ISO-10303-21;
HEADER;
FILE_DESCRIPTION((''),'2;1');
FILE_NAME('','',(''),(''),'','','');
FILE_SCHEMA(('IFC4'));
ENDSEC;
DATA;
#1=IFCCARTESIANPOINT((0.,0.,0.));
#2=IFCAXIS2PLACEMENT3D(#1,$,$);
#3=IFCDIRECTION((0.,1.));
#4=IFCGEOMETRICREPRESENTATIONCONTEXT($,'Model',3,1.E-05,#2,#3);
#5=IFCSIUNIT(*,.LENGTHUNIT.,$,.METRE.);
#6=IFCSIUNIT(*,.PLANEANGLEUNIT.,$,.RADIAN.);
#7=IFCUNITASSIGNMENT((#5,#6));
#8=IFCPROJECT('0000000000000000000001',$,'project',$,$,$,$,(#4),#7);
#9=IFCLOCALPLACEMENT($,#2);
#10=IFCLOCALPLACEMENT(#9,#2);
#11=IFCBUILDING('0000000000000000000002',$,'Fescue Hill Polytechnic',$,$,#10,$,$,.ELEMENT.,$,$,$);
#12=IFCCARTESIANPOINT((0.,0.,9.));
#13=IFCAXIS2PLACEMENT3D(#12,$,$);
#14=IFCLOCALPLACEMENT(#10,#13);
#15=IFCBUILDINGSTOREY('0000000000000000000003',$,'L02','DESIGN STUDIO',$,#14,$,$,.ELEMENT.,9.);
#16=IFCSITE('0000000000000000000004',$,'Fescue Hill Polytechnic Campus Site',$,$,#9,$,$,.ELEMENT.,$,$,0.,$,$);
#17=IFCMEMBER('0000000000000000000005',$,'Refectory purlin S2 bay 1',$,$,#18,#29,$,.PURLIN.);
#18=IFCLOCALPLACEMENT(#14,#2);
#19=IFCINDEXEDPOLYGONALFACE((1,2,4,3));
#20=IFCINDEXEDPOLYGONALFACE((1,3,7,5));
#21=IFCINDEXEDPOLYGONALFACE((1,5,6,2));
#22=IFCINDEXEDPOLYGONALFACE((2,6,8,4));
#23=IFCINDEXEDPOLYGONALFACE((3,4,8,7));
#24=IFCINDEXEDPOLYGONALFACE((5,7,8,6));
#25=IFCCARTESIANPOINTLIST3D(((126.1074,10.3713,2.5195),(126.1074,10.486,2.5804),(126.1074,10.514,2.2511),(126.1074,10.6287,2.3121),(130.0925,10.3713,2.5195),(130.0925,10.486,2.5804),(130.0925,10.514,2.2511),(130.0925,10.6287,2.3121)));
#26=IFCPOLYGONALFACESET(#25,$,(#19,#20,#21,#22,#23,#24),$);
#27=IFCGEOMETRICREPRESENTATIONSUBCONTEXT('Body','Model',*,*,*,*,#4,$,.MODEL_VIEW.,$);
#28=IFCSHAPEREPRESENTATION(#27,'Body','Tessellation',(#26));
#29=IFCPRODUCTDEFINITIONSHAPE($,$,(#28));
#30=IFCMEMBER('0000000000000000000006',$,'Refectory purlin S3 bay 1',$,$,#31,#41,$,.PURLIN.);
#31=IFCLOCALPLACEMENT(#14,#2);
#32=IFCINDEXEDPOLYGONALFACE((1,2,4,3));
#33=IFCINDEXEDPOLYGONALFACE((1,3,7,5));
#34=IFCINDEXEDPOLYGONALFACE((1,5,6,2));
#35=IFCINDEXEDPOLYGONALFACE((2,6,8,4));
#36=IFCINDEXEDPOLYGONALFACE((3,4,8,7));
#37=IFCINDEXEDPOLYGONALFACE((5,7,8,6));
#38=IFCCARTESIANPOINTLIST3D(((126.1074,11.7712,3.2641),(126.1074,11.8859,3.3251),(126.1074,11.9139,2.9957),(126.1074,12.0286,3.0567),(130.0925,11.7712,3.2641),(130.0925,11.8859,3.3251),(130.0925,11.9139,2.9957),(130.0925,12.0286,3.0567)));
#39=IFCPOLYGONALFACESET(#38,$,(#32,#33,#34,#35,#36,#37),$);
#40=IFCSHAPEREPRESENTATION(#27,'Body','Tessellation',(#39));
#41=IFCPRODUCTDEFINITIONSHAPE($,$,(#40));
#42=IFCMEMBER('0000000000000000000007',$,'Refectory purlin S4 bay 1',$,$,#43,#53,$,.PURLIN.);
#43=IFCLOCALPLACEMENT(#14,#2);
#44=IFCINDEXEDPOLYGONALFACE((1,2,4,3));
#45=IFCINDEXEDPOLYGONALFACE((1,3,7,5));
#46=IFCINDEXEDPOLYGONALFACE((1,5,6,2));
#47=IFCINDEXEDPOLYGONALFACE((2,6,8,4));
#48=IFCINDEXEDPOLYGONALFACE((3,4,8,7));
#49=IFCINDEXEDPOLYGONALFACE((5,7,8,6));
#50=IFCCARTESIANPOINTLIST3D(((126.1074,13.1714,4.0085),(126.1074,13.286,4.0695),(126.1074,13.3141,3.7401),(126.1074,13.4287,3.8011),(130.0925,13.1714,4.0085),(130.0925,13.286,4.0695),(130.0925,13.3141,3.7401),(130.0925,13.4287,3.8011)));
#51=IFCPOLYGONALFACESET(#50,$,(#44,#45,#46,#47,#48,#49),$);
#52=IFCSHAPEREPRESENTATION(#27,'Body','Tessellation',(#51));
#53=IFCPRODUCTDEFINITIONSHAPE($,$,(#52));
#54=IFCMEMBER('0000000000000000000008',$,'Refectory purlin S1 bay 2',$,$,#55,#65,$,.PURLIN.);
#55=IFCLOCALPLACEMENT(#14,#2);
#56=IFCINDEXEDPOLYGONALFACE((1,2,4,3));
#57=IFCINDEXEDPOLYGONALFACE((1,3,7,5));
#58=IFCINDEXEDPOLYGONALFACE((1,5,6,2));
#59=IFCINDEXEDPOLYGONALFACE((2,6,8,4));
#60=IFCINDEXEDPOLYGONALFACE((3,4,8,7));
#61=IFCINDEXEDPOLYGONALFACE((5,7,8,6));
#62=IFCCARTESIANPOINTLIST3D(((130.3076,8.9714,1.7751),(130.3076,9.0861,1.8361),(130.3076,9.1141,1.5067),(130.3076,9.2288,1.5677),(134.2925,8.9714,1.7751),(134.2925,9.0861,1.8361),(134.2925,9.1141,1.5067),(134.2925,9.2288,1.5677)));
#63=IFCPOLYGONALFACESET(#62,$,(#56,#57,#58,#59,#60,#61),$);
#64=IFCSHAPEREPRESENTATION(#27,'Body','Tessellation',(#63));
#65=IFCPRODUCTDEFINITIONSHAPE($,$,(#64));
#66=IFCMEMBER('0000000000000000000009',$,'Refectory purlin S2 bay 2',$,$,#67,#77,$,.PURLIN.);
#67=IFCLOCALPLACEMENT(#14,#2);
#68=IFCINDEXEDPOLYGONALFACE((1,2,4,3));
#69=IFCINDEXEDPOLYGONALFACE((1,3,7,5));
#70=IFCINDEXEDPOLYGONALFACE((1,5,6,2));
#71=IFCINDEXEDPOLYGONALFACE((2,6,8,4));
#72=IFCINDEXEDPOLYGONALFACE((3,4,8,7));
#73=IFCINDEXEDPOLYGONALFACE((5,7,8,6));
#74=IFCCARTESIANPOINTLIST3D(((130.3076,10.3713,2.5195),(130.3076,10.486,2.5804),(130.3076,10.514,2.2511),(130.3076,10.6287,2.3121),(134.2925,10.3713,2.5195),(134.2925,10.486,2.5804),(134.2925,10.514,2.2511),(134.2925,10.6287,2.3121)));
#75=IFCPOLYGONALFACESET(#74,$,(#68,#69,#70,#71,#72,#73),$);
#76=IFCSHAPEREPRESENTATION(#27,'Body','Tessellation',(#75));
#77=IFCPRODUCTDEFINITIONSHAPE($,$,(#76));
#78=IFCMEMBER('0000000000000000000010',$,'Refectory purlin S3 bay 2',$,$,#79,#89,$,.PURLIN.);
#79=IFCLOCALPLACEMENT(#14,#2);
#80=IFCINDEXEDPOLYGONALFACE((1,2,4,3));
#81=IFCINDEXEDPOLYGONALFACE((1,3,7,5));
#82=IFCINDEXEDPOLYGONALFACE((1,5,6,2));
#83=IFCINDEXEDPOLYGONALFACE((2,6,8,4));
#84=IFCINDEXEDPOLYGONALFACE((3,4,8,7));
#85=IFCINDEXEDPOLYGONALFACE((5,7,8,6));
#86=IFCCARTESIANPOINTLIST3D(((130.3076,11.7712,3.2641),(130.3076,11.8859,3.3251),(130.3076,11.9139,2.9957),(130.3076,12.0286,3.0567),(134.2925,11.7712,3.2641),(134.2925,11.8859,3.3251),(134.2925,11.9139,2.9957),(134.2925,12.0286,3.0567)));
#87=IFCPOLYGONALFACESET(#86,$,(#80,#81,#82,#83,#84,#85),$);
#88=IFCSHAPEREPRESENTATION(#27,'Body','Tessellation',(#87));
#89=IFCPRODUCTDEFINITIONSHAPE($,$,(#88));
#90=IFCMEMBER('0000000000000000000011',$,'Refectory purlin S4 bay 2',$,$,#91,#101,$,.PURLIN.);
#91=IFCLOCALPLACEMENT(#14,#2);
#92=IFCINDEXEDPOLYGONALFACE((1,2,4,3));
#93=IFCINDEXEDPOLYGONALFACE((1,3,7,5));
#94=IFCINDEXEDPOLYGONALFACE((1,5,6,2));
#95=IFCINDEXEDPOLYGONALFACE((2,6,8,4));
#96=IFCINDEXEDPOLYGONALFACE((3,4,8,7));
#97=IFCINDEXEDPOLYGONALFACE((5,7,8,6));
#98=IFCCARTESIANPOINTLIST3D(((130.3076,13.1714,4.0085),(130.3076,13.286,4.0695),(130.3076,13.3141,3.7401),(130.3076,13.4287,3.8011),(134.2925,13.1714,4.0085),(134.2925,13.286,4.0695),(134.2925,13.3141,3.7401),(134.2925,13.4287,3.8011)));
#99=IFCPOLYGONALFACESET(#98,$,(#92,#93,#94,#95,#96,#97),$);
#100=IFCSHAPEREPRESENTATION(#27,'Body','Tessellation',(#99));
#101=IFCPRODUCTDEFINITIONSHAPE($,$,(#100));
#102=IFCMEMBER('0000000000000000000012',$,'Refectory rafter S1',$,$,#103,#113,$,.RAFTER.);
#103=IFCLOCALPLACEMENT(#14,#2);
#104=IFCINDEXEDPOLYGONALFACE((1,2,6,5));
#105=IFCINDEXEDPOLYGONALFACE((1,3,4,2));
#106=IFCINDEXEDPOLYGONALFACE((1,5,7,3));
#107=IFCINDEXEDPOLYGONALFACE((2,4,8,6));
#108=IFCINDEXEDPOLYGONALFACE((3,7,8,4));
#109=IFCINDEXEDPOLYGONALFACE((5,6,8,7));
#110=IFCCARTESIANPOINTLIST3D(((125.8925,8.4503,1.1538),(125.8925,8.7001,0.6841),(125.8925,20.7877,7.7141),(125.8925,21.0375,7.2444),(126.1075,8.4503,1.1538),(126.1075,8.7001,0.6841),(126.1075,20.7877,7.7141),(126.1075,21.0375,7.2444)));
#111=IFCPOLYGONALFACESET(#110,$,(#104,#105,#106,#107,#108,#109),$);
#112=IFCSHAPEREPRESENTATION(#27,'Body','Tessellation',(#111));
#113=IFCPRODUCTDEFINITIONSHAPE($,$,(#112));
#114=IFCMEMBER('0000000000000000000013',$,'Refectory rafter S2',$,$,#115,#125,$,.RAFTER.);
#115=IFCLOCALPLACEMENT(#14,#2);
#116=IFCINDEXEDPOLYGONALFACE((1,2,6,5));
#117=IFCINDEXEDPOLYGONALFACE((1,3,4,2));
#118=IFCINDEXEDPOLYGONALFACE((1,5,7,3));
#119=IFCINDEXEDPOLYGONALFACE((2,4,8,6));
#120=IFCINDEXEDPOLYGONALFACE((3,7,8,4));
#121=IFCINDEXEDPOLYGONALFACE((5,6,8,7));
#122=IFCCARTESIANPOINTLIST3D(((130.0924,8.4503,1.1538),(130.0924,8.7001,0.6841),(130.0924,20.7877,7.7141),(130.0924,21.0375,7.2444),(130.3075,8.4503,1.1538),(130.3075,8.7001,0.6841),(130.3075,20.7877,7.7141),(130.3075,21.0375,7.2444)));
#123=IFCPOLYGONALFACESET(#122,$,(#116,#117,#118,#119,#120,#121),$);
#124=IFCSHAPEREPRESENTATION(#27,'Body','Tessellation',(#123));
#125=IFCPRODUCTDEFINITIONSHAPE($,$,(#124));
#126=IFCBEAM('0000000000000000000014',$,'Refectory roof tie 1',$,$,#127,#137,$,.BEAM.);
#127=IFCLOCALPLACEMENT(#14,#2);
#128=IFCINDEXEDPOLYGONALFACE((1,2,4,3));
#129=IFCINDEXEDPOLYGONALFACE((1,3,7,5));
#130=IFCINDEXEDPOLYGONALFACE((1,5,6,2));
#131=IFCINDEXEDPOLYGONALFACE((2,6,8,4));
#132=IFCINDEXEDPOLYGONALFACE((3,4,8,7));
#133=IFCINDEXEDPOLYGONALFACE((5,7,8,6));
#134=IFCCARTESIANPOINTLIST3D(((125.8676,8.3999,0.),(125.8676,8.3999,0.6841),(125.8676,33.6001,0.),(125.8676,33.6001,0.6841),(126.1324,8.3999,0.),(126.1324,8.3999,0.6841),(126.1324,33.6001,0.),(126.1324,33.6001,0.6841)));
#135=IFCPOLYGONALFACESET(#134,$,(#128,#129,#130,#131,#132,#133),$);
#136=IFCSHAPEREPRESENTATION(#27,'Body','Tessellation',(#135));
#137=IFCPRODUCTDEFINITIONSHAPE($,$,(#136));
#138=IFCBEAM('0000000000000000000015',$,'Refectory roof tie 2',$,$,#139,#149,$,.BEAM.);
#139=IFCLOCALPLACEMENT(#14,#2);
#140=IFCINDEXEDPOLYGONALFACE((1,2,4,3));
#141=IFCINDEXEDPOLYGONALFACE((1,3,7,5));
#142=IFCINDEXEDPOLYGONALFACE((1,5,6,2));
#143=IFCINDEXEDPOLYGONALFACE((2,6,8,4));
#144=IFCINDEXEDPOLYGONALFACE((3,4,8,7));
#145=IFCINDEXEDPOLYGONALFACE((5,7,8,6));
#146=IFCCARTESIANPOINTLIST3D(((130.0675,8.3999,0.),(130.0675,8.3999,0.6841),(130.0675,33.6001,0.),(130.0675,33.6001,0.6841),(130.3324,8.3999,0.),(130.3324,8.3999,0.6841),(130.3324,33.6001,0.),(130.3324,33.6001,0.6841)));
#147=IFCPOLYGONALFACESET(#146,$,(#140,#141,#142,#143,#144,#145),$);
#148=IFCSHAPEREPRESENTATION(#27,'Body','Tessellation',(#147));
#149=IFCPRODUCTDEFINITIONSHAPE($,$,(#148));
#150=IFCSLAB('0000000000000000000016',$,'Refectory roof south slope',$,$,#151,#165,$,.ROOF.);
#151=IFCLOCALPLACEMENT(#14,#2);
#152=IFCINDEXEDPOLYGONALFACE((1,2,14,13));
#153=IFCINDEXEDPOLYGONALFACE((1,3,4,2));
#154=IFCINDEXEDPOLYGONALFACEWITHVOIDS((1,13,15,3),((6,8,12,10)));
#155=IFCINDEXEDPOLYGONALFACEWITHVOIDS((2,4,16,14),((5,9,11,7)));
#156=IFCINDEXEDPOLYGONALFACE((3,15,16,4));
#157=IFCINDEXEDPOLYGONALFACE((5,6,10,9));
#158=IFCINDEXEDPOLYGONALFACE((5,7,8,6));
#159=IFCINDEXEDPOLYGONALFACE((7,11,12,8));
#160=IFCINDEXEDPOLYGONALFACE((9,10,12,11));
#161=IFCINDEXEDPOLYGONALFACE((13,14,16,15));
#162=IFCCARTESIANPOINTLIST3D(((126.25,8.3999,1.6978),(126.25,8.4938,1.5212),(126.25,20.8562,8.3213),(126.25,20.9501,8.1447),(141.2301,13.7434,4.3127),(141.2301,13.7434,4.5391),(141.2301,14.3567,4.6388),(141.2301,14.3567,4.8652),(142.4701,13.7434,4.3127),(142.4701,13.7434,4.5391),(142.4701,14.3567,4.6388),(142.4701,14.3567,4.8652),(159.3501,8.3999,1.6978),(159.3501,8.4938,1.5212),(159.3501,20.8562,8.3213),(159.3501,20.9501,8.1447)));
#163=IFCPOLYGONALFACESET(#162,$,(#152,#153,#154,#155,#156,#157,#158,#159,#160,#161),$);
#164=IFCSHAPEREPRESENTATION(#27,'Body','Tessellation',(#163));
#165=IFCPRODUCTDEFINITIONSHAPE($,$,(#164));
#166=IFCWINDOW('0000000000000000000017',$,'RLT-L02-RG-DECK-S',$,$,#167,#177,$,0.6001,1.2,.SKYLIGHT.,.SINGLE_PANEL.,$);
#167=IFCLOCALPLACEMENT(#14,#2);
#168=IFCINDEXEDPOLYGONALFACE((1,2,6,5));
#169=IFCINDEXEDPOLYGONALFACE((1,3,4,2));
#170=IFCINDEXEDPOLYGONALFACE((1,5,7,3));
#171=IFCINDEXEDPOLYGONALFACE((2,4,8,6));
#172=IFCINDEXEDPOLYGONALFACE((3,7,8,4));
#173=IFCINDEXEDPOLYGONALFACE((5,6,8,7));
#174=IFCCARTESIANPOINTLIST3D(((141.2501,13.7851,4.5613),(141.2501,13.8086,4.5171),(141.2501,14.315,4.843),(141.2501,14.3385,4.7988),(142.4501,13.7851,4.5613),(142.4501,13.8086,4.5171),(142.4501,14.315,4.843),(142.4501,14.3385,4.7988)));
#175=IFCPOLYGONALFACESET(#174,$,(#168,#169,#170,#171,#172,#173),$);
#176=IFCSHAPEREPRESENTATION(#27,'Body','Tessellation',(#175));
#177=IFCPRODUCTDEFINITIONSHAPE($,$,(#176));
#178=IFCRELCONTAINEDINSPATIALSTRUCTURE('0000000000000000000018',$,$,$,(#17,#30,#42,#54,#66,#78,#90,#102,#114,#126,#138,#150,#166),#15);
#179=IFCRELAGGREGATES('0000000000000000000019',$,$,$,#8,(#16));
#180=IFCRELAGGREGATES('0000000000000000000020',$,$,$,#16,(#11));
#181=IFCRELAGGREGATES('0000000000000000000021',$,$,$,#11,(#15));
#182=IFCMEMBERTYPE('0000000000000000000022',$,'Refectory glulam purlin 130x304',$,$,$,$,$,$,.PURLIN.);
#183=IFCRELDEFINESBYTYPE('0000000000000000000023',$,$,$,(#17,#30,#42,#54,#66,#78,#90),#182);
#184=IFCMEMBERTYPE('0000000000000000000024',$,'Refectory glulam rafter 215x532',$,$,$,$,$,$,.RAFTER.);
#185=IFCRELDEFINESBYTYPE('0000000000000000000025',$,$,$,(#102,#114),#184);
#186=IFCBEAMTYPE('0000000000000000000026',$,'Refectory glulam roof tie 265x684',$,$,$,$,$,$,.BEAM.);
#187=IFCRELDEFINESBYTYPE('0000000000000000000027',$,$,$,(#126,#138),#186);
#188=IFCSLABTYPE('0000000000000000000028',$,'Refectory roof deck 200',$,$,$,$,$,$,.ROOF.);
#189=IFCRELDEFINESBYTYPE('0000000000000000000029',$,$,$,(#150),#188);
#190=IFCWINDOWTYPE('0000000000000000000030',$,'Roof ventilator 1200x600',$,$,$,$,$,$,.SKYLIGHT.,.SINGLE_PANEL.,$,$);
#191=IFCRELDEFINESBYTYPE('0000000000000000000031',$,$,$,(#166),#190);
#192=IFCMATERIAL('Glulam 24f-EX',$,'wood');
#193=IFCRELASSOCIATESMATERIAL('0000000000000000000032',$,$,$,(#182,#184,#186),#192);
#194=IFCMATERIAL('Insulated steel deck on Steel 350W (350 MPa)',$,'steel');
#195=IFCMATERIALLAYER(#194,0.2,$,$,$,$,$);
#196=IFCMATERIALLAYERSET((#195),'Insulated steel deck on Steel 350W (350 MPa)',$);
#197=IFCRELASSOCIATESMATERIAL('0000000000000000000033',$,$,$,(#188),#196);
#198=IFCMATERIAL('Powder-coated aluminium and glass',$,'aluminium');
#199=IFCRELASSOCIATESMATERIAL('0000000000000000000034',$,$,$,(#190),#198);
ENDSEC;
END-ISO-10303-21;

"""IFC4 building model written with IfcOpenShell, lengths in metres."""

from ifc_helpers import new_model, si_unit, direction, frame, origin, origin_2d, place, context, subcontext, project, spatial, polyline, rectangle, outline, extrude, material, layer, layer_set, material_profile, profile_set, type_object, element, fill, save


model = new_model("IFC4")

# Units and contexts
model_context = context("Model", 3, precision=1e-05, world=origin(), true_north=direction((0.0, 1.0)))
body_context = subcontext(model_context, "Body", "Model", "MODEL_VIEW")
ifc_project = project(units=[si_unit("LENGTHUNIT", "METRE"), si_unit("PLANEANGLEUNIT", "RADIAN")], contexts=[model_context])

# Site, building, storey
site_placement = place(None, origin())
site = spatial("IfcSite", under=ifc_project, at=site_placement, Name="Fescue Hill Polytechnic Campus Site", CompositionType="ELEMENT", RefElevation=0.0)
building_placement = place(site_placement, origin())
building = spatial("IfcBuilding", under=site, at=building_placement, Name="Fescue Hill Polytechnic", CompositionType="ELEMENT")
storey_placement = place(building_placement, frame((0.0, 0.0, 9.0)))
storey = spatial("IfcBuildingStorey", under=building, at=storey_placement, Name="L02", Description="DESIGN STUDIO", CompositionType="ELEMENT", Elevation=9.0)

# Members
ifc_material_1 = material(Name="Glulam 24f-EX", Category="wood")
ifc_material_profile_1 = material_profile(ifc_material_1, rectangle(XDim=0.1299, YDim=0.304, at=origin_2d()), Name="Refectory glulam purlin 130x304")
ifc_profile_set_1 = profile_set([ifc_material_profile_1], Name="Glulam 24f-EX")
member_type_1 = type_object("IfcMemberType", Name="Refectory glulam purlin 130x304", PredefinedType="PURLIN", material=ifc_profile_set_1)
for number, where, z_axis, x_axis, name in (
    (1, (126.1074, 10.5, 2.4158), (1.0, 0.0, 0.0), (0.0, 0.882934, 0.469497), "Refectory purlin S2 bay 1"),
    (2, (126.1074, 11.8999, 3.1604), (1.0, 0.0, 0.0), (0.0, 0.882934, 0.469497), "Refectory purlin S3 bay 1"),
    (3, (126.1074, 13.3, 3.9048), (1.0, 0.0, 0.0), (0.0, 0.882934, 0.469497), "Refectory purlin S4 bay 1"),
):
    element("IfcMember", number, at=place(storey_placement, frame(where, z_axis=z_axis, x_axis=x_axis)), inside=storey, type_object=member_type_1, Name=name, PredefinedType="PURLIN", context=body_context, shape_type="SweptSolid", body=[
        extrude(rectangle(XDim=0.1299, YDim=0.304, at=origin_2d()), origin(), (0.0, 0.0, 1.0), 3.9851),
    ])
for number, where, z_axis, x_axis, name in (
    (4, (130.3076, 9.1001, 1.6714), (1.0, 0.0, 0.0), (0.0, 0.882934, 0.469497), "Refectory purlin S1 bay 2"),
    (5, (130.3076, 10.5, 2.4158), (1.0, 0.0, 0.0), (0.0, 0.882934, 0.469497), "Refectory purlin S2 bay 2"),
    (6, (130.3076, 11.8999, 3.1604), (1.0, 0.0, 0.0), (0.0, 0.882934, 0.469497), "Refectory purlin S3 bay 2"),
    (7, (130.3076, 13.3, 3.9048), (1.0, 0.0, 0.0), (0.0, 0.882934, 0.469497), "Refectory purlin S4 bay 2"),
):
    element("IfcMember", number, at=place(storey_placement, frame(where, z_axis=z_axis, x_axis=x_axis)), inside=storey, type_object=member_type_1, Name=name, PredefinedType="PURLIN", context=body_context, shape_type="SweptSolid", body=[
        extrude(rectangle(XDim=0.1299, YDim=0.304, at=origin_2d()), origin(), (0.0, 0.0, 1.0), 3.9849),
    ])
ifc_material_profile_2 = material_profile(ifc_material_1, rectangle(XDim=0.2151, YDim=0.532, at=origin_2d()), Name="Refectory glulam rafter 215x532")
ifc_profile_set_2 = profile_set([ifc_material_profile_2], Name="Glulam 24f-EX")
member_type_2 = type_object("IfcMemberType", Name="Refectory glulam rafter 215x532", PredefinedType="RAFTER", material=ifc_profile_set_2)
for number, where, z_axis, x_axis, name in (
    (8, (126.0, 8.5752, 0.9189), (0.0, 0.882936, 0.469493), (-1.0, 0.0, 0.0), "Refectory rafter S1"),
    (9, (130.2, 8.5752, 0.9189), (0.0, 0.882936, 0.469493), (-1.0, 0.0, 0.0), "Refectory rafter S2"),
):
    element("IfcMember", number, at=place(storey_placement, frame(where, z_axis=z_axis, x_axis=x_axis)), inside=storey, type_object=member_type_2, Name=name, PredefinedType="RAFTER", context=body_context, shape_type="SweptSolid", body=[
        extrude(rectangle(XDim=0.2151, YDim=0.532, at=origin_2d()), origin(), (0.0, 0.0, 1.0), 13.9731),
    ])

# Beams
ifc_material_profile_3 = material_profile(ifc_material_1, rectangle(XDim=0.2649, YDim=0.6841, at=origin_2d()), Name="Refectory glulam roof tie 265x684")
ifc_profile_set_3 = profile_set([ifc_material_profile_3], Name="Glulam 24f-EX")
beam_type_1 = type_object("IfcBeamType", Name="Refectory glulam roof tie 265x684", PredefinedType="BEAM", material=ifc_profile_set_3)
for number, where, z_axis, x_axis, name in (
    (10, (126.0, 8.3999, 0.342), (0.0, 1.0, 0.0), (-1.0, 0.0, 0.0), "Refectory roof tie 1"),
    (11, (130.2, 8.3999, 0.342), (0.0, 1.0, 0.0), (-1.0, 0.0, 0.0), "Refectory roof tie 2"),
):
    element("IfcBeam", number, at=place(storey_placement, frame(where, z_axis=z_axis, x_axis=x_axis)), inside=storey, type_object=beam_type_1, Name=name, PredefinedType="BEAM", context=body_context, shape_type="SweptSolid", body=[
        extrude(rectangle(XDim=0.2649, YDim=0.6841, at=origin_2d()), origin(), (0.0, 0.0, 1.0), 25.2002),
    ])

# Slab, opening, window
ifc_material_2 = material(Name="Insulated steel deck on Steel 350W (350 MPa)", Category="steel")
ifc_layer_1 = layer(ifc_material_2, 0.2)
ifc_layer_set_1 = layer_set([ifc_layer_1], Name="Insulated steel deck on Steel 350W (350 MPa)")
slab_type = type_object("IfcSlabType", Name="Refectory roof deck 200", PredefinedType="ROOF", material=ifc_layer_set_1)
slab_placement = place(storey_placement, frame((126.25, 8.3999, 1.6978), z_axis=(0.0, -0.469494, 0.882936), x_axis=(1.0, 0.0, 0.0)))
slab = element("IfcSlab", 12, at=slab_placement, inside=storey, type_object=slab_type, Name="Refectory roof south slope", PredefinedType="ROOF", context=body_context, shape_type="SweptSolid", body=[
    extrude(outline(polyline([(0.0, 0.0), (33.1001, 0.0), (33.1001, 14.1078), (0.0, 14.1078), (0.0, 0.0)])), origin(), (0.0, 0.0, -1.0), 0.2),
])
opening_1_placement = place(storey_placement, frame((141.8501, 14.05, 4.0566)))
opening_1 = element("IfcOpeningElement", 13, at=opening_1_placement, cuts=slab, PredefinedType="OPENING", context=body_context, shape_type="SweptSolid", body=[
    extrude(rectangle(XDim=1.24, YDim=0.6133, at=origin_2d()), origin(), (0.0, 0.0, 1.0), 1.0647),
])
ifc_material_3 = material(Name="Powder-coated aluminium and glass", Category="aluminium")
window_type_1 = type_object("IfcWindowType", Name="Roof ventilator 1200x600", PartitioningType="SINGLE_PANEL", PredefinedType="SKYLIGHT", material=ifc_material_3)
window_1_placement = place(storey_placement, frame((141.8501, 14.05, 4.7021), z_axis=(0.0, -0.469494, 0.882936), x_axis=(1.0, 0.0, 0.0)))
window_1 = element("IfcWindow", 14, at=window_1_placement, inside=storey, type_object=window_type_1, Name="RLT-L02-RG-DECK-S", OverallHeight=0.6001, OverallWidth=1.2, PartitioningType="SINGLE_PANEL", PredefinedType="SKYLIGHT", context=body_context, shape_type="SweptSolid", body=[
    extrude(rectangle(XDim=1.2, YDim=0.6001, at=origin_2d()), origin(), (0.0, 0.0, -1.0), 0.05),
])
fill(opening_1, window_1)

save(model, "model.ifc")
